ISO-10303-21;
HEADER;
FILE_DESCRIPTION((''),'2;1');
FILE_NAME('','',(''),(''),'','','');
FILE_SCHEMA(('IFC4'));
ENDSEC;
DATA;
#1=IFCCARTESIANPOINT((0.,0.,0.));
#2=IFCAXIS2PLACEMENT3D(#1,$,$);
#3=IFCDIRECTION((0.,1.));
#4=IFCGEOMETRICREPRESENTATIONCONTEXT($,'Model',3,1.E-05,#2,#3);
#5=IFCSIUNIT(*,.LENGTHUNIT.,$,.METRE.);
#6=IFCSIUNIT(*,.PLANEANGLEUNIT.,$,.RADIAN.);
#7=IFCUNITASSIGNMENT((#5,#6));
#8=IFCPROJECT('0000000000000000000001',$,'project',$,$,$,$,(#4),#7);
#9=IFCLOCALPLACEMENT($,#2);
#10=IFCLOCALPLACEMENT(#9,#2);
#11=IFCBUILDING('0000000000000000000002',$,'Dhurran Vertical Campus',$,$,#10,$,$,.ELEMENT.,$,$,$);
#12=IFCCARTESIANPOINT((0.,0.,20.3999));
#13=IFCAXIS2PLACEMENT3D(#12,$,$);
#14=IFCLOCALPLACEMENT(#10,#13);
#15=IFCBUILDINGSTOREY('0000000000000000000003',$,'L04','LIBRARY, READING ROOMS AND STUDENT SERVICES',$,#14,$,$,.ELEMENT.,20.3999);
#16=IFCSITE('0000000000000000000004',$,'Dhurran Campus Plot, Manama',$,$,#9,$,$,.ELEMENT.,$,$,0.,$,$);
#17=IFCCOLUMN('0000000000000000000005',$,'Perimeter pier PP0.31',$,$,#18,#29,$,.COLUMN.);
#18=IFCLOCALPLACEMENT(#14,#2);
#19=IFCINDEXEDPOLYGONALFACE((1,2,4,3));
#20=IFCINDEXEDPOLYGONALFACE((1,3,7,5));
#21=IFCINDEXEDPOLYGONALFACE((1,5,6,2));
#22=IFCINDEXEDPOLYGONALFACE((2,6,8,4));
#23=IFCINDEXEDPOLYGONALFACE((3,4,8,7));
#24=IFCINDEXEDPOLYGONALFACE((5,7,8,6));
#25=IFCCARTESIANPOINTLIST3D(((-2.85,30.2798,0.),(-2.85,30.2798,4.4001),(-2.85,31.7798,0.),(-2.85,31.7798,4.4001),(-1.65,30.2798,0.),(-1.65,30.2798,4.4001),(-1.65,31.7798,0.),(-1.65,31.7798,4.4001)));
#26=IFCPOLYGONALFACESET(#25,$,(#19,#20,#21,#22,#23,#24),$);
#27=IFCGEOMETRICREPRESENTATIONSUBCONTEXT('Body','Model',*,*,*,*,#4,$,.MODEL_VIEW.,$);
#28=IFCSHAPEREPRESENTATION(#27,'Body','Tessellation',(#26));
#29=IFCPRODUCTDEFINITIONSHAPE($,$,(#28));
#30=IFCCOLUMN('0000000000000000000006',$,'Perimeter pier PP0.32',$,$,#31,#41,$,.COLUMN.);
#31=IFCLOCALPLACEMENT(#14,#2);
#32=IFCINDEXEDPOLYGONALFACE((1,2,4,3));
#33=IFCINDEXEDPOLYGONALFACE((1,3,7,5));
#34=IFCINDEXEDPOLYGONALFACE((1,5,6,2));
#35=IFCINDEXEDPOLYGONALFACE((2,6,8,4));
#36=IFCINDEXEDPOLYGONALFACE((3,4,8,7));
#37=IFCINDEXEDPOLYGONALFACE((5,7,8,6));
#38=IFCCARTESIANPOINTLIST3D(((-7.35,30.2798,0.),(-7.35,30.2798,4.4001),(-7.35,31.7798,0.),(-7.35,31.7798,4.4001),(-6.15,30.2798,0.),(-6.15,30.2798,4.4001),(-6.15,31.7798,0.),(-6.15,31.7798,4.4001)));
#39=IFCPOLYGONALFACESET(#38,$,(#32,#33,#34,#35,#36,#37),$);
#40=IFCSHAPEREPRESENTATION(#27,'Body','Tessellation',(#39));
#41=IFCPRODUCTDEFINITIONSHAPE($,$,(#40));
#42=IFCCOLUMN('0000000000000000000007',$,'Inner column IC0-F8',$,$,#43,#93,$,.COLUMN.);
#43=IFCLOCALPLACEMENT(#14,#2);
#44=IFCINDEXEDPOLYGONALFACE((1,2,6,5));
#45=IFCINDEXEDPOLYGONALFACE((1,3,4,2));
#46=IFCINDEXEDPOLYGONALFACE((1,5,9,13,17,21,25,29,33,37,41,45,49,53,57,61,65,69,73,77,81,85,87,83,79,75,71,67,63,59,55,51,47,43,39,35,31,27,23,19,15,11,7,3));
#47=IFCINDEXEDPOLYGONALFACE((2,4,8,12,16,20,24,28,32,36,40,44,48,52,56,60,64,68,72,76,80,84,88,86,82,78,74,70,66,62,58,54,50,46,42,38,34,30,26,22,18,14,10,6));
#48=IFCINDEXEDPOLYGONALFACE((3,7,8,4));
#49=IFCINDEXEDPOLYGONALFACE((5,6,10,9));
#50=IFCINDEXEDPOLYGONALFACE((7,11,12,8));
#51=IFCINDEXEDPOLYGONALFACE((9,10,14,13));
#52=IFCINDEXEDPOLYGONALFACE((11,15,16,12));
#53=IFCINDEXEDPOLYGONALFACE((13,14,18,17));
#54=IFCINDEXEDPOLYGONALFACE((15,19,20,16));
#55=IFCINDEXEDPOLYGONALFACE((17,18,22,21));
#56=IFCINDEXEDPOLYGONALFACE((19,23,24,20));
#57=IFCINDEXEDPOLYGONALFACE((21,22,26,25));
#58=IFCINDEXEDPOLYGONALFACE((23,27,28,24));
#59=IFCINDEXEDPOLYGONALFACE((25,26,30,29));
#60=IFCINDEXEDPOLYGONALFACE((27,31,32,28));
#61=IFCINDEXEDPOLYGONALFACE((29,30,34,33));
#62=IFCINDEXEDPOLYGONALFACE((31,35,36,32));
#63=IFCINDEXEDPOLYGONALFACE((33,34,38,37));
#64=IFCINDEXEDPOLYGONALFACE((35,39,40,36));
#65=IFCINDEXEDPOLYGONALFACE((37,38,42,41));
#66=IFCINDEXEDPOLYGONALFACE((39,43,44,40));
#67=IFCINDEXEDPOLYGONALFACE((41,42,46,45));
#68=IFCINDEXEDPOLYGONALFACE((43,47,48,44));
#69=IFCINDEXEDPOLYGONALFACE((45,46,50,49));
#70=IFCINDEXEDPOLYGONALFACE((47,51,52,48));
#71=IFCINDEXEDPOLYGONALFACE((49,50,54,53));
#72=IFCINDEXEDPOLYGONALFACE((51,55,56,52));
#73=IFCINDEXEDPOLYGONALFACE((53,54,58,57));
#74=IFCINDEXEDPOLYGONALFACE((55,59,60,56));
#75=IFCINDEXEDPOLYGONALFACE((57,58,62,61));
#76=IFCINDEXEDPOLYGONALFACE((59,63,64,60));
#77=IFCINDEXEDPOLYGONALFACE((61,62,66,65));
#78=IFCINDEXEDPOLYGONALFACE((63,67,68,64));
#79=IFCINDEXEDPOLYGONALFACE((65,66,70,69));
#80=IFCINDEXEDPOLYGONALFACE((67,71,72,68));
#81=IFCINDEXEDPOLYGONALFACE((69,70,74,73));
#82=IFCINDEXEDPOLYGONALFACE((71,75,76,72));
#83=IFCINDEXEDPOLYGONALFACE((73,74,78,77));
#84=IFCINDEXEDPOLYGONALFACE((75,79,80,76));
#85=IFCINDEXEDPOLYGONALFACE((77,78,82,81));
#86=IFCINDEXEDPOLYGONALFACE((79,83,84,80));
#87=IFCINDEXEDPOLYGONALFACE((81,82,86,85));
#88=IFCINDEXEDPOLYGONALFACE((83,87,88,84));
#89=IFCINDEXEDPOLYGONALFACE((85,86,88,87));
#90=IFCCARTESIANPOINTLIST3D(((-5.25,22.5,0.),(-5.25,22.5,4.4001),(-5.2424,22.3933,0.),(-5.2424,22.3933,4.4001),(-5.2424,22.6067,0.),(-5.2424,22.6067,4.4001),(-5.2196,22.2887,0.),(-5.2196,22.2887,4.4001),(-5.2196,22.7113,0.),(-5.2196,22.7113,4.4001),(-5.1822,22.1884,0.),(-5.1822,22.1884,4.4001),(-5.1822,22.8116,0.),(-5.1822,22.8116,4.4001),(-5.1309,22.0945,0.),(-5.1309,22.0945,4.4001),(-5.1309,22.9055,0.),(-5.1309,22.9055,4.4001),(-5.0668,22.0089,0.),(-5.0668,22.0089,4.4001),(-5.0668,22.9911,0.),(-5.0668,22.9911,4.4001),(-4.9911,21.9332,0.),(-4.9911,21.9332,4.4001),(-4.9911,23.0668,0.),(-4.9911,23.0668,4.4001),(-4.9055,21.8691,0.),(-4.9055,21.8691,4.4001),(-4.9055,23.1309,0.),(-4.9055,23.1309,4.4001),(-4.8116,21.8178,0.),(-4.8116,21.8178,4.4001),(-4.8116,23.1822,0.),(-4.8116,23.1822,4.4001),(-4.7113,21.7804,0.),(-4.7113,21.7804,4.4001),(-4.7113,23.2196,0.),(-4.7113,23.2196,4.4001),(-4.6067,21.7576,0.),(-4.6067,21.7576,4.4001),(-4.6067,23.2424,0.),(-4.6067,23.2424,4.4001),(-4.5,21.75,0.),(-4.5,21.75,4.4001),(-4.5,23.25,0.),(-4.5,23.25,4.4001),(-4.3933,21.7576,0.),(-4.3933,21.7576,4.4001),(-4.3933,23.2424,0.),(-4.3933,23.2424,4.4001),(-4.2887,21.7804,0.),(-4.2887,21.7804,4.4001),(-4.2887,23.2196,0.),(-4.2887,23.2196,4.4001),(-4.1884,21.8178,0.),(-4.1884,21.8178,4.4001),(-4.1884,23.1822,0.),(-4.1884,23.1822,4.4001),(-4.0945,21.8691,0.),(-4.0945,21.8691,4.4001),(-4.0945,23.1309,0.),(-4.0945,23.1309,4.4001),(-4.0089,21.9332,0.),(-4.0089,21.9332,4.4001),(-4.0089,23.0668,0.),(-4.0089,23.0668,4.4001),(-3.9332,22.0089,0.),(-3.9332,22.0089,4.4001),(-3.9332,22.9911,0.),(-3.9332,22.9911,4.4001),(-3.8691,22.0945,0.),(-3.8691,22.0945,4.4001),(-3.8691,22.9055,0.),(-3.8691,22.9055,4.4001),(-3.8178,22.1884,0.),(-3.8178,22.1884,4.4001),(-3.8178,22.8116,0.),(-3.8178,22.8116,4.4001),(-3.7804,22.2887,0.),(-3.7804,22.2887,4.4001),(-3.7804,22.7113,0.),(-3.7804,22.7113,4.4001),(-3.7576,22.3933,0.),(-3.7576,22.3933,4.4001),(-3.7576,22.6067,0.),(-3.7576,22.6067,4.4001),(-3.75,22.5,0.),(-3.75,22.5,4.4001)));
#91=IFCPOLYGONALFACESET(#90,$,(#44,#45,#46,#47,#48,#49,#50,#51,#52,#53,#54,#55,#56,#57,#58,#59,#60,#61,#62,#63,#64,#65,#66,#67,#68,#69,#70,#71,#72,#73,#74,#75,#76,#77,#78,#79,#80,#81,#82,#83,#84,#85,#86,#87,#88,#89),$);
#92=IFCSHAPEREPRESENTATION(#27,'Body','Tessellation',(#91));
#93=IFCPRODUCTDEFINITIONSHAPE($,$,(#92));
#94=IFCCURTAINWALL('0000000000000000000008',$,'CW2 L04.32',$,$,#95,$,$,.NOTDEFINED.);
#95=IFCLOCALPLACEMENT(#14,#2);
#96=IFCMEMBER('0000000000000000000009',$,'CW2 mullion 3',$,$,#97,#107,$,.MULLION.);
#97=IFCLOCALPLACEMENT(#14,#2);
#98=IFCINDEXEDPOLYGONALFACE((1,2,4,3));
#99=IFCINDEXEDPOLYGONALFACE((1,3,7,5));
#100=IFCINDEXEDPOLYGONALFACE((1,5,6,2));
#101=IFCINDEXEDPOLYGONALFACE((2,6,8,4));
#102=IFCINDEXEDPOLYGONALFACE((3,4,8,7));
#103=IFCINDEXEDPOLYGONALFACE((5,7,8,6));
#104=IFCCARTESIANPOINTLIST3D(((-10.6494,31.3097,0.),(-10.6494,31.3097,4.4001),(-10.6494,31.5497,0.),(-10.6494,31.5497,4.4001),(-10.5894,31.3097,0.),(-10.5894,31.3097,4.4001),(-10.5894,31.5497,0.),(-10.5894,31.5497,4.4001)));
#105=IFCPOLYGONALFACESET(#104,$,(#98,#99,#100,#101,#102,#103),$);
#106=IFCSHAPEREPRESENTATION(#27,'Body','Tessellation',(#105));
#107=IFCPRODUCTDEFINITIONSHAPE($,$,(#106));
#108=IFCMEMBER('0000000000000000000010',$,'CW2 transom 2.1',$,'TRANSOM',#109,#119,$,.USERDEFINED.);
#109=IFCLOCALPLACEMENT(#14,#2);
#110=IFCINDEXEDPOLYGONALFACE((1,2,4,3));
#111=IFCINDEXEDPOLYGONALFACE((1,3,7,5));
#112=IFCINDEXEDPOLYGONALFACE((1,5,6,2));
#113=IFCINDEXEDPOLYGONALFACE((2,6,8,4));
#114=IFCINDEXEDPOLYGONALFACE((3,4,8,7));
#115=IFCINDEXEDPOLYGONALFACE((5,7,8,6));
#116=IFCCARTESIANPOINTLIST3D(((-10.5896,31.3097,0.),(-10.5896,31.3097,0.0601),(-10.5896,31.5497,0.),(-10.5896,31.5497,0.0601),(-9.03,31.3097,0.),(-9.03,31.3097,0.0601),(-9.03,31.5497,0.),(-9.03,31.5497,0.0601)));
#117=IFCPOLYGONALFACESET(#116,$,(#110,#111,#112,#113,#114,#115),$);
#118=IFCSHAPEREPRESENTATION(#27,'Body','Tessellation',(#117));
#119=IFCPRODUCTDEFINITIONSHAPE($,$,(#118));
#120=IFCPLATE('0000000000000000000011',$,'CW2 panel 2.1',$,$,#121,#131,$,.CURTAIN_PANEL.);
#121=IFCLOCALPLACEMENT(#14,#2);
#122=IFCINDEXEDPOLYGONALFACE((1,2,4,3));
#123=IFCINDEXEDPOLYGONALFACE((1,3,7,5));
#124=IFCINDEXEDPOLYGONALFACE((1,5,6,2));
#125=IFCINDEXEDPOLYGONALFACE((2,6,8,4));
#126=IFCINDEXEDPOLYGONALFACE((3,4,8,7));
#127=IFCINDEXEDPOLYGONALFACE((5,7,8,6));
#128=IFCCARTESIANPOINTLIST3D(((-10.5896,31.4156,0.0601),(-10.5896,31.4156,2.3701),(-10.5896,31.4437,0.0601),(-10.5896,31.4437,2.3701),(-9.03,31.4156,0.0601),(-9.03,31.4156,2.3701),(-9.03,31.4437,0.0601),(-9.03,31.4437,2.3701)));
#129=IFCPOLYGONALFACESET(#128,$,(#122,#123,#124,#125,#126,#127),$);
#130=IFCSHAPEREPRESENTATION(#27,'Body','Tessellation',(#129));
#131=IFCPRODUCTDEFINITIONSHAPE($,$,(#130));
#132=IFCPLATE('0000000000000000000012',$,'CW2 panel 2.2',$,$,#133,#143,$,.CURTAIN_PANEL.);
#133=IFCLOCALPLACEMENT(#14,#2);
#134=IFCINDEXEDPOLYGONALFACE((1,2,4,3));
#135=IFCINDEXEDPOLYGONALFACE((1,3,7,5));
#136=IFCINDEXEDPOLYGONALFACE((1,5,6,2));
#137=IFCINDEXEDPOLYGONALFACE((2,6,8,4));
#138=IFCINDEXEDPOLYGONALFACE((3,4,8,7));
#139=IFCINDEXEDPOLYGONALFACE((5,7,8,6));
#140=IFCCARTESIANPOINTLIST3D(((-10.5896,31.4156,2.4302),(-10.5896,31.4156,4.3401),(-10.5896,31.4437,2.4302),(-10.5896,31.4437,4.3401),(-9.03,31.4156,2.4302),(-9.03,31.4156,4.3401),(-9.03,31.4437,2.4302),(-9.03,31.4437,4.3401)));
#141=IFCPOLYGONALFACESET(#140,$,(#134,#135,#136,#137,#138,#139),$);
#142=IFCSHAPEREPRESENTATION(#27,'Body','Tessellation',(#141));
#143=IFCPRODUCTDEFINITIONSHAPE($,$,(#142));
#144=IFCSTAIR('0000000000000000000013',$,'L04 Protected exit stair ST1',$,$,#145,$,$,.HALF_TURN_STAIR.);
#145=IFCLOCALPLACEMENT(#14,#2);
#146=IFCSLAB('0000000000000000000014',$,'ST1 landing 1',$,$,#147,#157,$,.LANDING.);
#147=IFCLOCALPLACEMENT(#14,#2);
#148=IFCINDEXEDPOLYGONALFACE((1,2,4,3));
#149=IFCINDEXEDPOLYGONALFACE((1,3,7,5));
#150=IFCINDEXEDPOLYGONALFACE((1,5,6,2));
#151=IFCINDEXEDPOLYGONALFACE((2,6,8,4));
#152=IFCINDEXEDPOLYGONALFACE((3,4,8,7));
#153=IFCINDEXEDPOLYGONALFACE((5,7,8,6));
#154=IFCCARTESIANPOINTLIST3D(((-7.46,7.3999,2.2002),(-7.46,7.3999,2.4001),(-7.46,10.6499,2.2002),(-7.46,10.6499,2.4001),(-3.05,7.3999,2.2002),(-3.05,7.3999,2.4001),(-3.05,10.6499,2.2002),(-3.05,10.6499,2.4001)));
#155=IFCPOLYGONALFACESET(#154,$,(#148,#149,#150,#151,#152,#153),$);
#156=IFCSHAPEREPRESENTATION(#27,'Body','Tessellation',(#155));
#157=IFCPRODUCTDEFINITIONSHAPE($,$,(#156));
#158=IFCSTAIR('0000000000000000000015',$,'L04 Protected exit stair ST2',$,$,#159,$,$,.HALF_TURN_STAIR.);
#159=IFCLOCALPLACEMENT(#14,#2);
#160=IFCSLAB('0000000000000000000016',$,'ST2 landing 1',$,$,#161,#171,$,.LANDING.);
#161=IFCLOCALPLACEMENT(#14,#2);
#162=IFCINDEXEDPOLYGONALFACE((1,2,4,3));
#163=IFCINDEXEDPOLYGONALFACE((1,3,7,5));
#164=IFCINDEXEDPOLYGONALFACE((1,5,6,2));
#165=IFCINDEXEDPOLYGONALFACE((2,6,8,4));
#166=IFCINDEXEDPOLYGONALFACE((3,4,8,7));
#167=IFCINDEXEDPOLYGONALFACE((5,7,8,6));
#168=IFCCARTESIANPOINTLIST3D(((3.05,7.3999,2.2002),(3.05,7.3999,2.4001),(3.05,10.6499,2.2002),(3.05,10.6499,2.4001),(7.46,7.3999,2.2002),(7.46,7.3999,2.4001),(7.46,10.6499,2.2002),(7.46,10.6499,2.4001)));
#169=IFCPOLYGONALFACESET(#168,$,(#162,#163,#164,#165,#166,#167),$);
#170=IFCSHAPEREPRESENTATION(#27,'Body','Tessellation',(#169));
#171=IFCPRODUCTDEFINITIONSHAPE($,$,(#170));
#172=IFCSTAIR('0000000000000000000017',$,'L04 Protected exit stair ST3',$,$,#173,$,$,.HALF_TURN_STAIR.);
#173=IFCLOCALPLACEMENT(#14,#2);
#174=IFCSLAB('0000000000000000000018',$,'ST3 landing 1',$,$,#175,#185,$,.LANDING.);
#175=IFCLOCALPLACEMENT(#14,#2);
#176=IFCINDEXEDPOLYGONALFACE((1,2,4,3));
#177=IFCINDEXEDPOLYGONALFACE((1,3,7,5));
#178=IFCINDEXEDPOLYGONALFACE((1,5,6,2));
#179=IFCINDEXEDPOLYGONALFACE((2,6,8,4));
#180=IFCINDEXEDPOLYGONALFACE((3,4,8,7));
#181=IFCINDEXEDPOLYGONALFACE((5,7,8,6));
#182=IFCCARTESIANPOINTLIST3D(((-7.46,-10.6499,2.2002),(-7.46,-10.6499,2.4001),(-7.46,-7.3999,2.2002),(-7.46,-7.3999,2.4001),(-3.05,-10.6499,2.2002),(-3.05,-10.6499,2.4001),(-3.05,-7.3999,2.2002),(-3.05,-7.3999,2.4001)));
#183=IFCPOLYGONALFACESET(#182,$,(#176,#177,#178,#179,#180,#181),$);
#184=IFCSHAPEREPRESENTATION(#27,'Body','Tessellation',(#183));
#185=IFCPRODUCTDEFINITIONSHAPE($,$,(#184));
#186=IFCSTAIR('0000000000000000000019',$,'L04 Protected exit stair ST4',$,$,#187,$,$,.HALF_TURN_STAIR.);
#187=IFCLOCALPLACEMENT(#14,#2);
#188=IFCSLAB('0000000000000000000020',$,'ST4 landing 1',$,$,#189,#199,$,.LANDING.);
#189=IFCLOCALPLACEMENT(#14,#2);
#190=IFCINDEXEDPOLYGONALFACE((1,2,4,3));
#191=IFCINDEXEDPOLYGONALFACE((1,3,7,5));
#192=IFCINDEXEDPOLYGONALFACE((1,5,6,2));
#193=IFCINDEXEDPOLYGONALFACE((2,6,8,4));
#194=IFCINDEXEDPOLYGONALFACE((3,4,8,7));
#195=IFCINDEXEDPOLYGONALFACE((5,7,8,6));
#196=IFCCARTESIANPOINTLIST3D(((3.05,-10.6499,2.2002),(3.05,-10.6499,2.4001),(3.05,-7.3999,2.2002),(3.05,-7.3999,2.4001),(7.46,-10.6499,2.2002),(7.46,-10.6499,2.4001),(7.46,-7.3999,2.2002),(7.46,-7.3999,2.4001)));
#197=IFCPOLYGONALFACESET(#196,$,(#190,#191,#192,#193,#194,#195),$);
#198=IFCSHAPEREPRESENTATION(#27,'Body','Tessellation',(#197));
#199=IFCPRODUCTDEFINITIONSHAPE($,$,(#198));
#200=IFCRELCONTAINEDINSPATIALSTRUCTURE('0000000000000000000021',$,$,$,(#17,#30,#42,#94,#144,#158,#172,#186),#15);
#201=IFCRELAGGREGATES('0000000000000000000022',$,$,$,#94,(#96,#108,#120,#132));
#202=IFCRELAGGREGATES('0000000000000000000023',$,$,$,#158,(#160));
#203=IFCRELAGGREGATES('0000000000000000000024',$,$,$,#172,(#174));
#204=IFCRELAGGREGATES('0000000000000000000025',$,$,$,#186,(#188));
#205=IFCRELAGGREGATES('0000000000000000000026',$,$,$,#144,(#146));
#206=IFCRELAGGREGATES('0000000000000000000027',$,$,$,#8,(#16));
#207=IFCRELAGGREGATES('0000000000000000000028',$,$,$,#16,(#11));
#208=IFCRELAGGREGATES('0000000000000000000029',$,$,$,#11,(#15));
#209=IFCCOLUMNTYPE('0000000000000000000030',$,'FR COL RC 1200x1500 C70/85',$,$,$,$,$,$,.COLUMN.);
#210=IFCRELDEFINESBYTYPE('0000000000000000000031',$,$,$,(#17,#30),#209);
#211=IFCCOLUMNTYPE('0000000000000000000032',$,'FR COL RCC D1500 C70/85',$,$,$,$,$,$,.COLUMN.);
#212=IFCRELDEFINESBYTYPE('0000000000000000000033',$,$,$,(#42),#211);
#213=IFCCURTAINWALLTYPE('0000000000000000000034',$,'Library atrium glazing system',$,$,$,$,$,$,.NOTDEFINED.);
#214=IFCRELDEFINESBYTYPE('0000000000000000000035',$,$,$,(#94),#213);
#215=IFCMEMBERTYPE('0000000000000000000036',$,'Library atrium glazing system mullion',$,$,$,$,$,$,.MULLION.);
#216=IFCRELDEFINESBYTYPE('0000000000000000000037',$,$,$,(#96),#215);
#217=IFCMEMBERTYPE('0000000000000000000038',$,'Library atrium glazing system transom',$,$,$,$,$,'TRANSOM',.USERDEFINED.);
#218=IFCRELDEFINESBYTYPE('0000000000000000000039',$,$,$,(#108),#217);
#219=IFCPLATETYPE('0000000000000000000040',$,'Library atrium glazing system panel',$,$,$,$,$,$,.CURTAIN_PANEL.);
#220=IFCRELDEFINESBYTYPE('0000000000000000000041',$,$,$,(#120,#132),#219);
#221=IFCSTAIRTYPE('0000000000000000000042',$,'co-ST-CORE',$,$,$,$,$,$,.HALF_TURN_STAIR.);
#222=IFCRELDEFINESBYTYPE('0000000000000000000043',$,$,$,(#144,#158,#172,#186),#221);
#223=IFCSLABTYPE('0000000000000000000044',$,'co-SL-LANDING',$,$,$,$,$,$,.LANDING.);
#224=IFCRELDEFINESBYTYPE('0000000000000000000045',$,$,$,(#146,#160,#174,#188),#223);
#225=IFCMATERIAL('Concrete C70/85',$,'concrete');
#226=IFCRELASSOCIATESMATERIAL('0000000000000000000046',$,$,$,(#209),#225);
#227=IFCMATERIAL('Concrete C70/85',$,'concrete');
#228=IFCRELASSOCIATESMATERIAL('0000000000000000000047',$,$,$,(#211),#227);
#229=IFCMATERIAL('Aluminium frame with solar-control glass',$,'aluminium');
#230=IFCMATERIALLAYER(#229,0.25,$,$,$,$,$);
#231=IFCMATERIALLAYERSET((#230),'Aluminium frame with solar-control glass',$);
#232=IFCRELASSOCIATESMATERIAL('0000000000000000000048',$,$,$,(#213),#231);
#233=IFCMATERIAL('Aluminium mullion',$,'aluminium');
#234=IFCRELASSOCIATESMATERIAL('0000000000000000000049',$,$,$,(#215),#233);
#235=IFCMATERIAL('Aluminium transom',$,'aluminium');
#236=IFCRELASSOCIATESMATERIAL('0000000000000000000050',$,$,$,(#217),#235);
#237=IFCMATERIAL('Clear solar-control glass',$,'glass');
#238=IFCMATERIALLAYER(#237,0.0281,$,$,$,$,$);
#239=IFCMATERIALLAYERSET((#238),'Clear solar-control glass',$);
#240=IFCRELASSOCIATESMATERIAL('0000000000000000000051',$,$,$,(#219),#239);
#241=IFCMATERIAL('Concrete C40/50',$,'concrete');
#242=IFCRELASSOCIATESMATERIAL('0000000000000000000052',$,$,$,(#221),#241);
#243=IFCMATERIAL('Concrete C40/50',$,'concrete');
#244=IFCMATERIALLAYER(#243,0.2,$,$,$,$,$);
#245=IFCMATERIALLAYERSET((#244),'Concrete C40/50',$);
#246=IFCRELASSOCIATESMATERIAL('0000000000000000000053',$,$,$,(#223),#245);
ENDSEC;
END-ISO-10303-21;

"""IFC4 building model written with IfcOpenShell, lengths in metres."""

from ifc_helpers import new_model, si_unit, direction, frame, origin, origin_2d, place, context, subcontext, project, spatial, polyline, rectangle, circle, outline, extrude, material, layer, layer_set, material_profile, profile_set, type_object, element, aggregate, save


model = new_model("IFC4")

# Units and contexts
model_context = context("Model", 3, precision=1e-05, world=origin(), true_north=direction((0.0, 1.0)))
body_context = subcontext(model_context, "Body", "Model", "MODEL_VIEW")
ifc_project = project(units=[si_unit("LENGTHUNIT", "METRE"), si_unit("PLANEANGLEUNIT", "RADIAN")], contexts=[model_context])

# Site, building, storey
site_placement = place(None, origin())
site = spatial("IfcSite", under=ifc_project, at=site_placement, Name="Dhurran Campus Plot, Manama", CompositionType="ELEMENT", RefElevation=0.0)
building_placement = place(site_placement, origin())
building = spatial("IfcBuilding", under=site, at=building_placement, Name="Dhurran Vertical Campus", CompositionType="ELEMENT")
storey_placement = place(building_placement, frame((0.0, 0.0, 20.3999)))
storey = spatial("IfcBuildingStorey", under=building, at=storey_placement, Name="L04", Description="LIBRARY, READING ROOMS AND STUDENT SERVICES", CompositionType="ELEMENT", Elevation=20.3999)

# Columns
ifc_material_1 = material(Name="Concrete C70/85", Category="concrete")
ifc_material_profile_1 = material_profile(ifc_material_1, rectangle(XDim=1.2, YDim=1.5, at=origin_2d()), Name="RC 1200x1500")
ifc_profile_set_1 = profile_set([ifc_material_profile_1], Name="Concrete C70/85")
column_type_1 = type_object("IfcColumnType", Name="FR COL RC 1200x1500 C70/85", PredefinedType="COLUMN", material=ifc_profile_set_1)
for number, where, z_axis, x_axis, name in (
    (1, (-2.25, 31.0298, 0.0), (0.0, 0.0, 1.0), (-1.0, 0.0, 0.0), "Perimeter pier PP0.31"),
    (2, (-6.75, 31.0298, 0.0), (0.0, 0.0, 1.0), (-1.0, 0.0, 0.0), "Perimeter pier PP0.32"),
):
    element("IfcColumn", number, at=place(storey_placement, frame(where, z_axis=z_axis, x_axis=x_axis)), inside=storey, type_object=column_type_1, Name=name, PredefinedType="COLUMN", context=body_context, shape_type="SweptSolid", body=[
        extrude(rectangle(XDim=1.2, YDim=1.5, at=origin_2d()), origin(), (0.0, 0.0, 1.0), 4.4001),
    ])
ifc_material_2 = material(Name="Concrete C70/85", Category="concrete")
ifc_material_profile_2 = material_profile(ifc_material_2, circle(Radius=0.75, at=origin_2d()), Name="RCC D1500")
ifc_profile_set_2 = profile_set([ifc_material_profile_2], Name="Concrete C70/85")
column_type_2 = type_object("IfcColumnType", Name="FR COL RCC D1500 C70/85", PredefinedType="COLUMN", material=ifc_profile_set_2)
column_placement = place(storey_placement, frame((-4.5, 22.5, 0.0), z_axis=(0.0, 0.0, 1.0), x_axis=(1.0, 0.0, 0.0)))
element("IfcColumn", 3, at=column_placement, inside=storey, type_object=column_type_2, Name="Inner column IC0-F8", PredefinedType="COLUMN", context=body_context, shape_type="SweptSolid", body=[
    extrude(circle(Radius=0.75, at=origin_2d()), origin(), (0.0, 0.0, 1.0), 4.4001),
])

# Curtain wall, members, plates
ifc_material_3 = material(Name="Aluminium frame with solar-control glass", Category="aluminium")
ifc_layer_1 = layer(ifc_material_3, 0.25)
ifc_layer_set_1 = layer_set([ifc_layer_1], Name="Aluminium frame with solar-control glass")
curtain_wall_type = type_object("IfcCurtainWallType", Name="Library atrium glazing system", PredefinedType="NOTDEFINED", material=ifc_layer_set_1)
curtain_wall_placement = place(storey_placement, origin())
curtain_wall = element("IfcCurtainWall", 4, at=curtain_wall_placement, inside=storey, type_object=curtain_wall_type, Name="CW2 L04.32", PredefinedType="NOTDEFINED")
ifc_material_4 = material(Name="Aluminium mullion", Category="aluminium")
ifc_material_profile_3 = material_profile(ifc_material_4, rectangle(XDim=0.24, YDim=0.0601, at=origin_2d()), Name="Library atrium glazing system mullion")
ifc_profile_set_3 = profile_set([ifc_material_profile_3], Name="Aluminium mullion")
member_type_1 = type_object("IfcMemberType", Name="Library atrium glazing system mullion", PredefinedType="MULLION", material=ifc_profile_set_3)
member_1_placement = place(storey_placement, frame((-10.6194, 31.4297, 0.0), z_axis=(0.0, 0.0, 1.0), x_axis=(0.0, -1.0, 0.0)))
member_1 = element("IfcMember", 5, at=member_1_placement, type_object=member_type_1, Name="CW2 mullion 3", PredefinedType="MULLION", context=body_context, shape_type="SweptSolid", body=[
    extrude(rectangle(XDim=0.24, YDim=0.0601, at=origin_2d()), origin(), (0.0, 0.0, 1.0), 4.4001),
])
ifc_material_5 = material(Name="Aluminium transom", Category="aluminium")
ifc_material_profile_4 = material_profile(ifc_material_5, rectangle(XDim=0.24, YDim=0.0601, at=origin_2d()), Name="Library atrium glazing system transom")
ifc_profile_set_4 = profile_set([ifc_material_profile_4], Name="Aluminium transom")
member_type_2 = type_object("IfcMemberType", Name="Library atrium glazing system transom", ElementType="TRANSOM", PredefinedType="USERDEFINED", material=ifc_profile_set_4)
member_2_placement = place(storey_placement, frame((-9.03, 31.4297, 0.03), z_axis=(-1.0, 0.0, 0.0), x_axis=(0.0, -1.0, 0.0)))
member_2 = element("IfcMember", 6, at=member_2_placement, type_object=member_type_2, Name="CW2 transom 2.1", ObjectType="TRANSOM", PredefinedType="USERDEFINED", context=body_context, shape_type="SweptSolid", body=[
    extrude(rectangle(XDim=0.24, YDim=0.0601, at=origin_2d()), origin(), (0.0, 0.0, 1.0), 1.5596),
])
ifc_material_6 = material(Name="Clear solar-control glass", Category="glass")
ifc_layer_2 = layer(ifc_material_6, 0.0281)
ifc_layer_set_2 = layer_set([ifc_layer_2], Name="Clear solar-control glass")
plate_type = type_object("IfcPlateType", Name="Library atrium glazing system panel", PredefinedType="CURTAIN_PANEL", material=ifc_layer_set_2)
plate_1_placement = place(storey_placement, frame((-9.8098, 31.4297, 0.0601), z_axis=(0.0, 0.0, 1.0), x_axis=(-1.0, 0.0, 0.0)))
plate_1 = element("IfcPlate", 7, at=plate_1_placement, type_object=plate_type, Name="CW2 panel 2.1", PredefinedType="CURTAIN_PANEL", context=body_context, shape_type="SweptSolid", body=[
    extrude(rectangle(XDim=1.5596, YDim=0.0281, at=origin_2d()), origin(), (0.0, 0.0, 1.0), 2.3101),
])
plate_2_placement = place(storey_placement, frame((-9.8098, 31.4297, 2.4302), z_axis=(0.0, 0.0, 1.0), x_axis=(-1.0, 0.0, 0.0)))
plate_2 = element("IfcPlate", 8, at=plate_2_placement, type_object=plate_type, Name="CW2 panel 2.2", PredefinedType="CURTAIN_PANEL", context=body_context, shape_type="SweptSolid", body=[
    extrude(rectangle(XDim=1.5596, YDim=0.0281, at=origin_2d()), origin(), (0.0, 0.0, 1.0), 1.9099),
])
aggregate(curtain_wall, [member_1, member_2, plate_1, plate_2])

# Stairs, slabs
ifc_material_7 = material(Name="Concrete C40/50", Category="concrete")
stair_type = type_object("IfcStairType", Name="co-ST-CORE", PredefinedType="HALF_TURN_STAIR", material=ifc_material_7)
stair_1_placement = place(storey_placement, origin())
stair_1 = element("IfcStair", 9, at=stair_1_placement, inside=storey, type_object=stair_type, Name="L04 Protected exit stair ST1", PredefinedType="HALF_TURN_STAIR")
ifc_material_8 = material(Name="Concrete C40/50", Category="concrete")
ifc_layer_3 = layer(ifc_material_8, 0.2)
ifc_layer_set_3 = layer_set([ifc_layer_3], Name="Concrete C40/50")
slab_type_1 = type_object("IfcSlabType", Name="co-SL-LANDING", PredefinedType="LANDING", material=ifc_layer_set_3)
slab_1_placement = place(storey_placement, frame((0.0, 0.0, 2.2002)))
slab_1 = element("IfcSlab", 10, at=slab_1_placement, type_object=slab_type_1, Name="ST1 landing 1", PredefinedType="LANDING", context=body_context, shape_type="SweptSolid", body=[
    extrude(outline(polyline([(-7.46, 7.3999), (-3.05, 7.3999), (-3.05, 10.6499), (-7.46, 10.6499), (-7.46, 7.3999)])), origin(), (0.0, 0.0, 1.0), 0.2),
])
stair_2_placement = place(storey_placement, origin())
stair_2 = element("IfcStair", 11, at=stair_2_placement, inside=storey, type_object=stair_type, Name="L04 Protected exit stair ST2", PredefinedType="HALF_TURN_STAIR")
slab_2_placement = place(storey_placement, frame((0.0, 0.0, 2.2002)))
slab_2 = element("IfcSlab", 12, at=slab_2_placement, type_object=slab_type_1, Name="ST2 landing 1", PredefinedType="LANDING", context=body_context, shape_type="SweptSolid", body=[
    extrude(outline(polyline([(7.46, 10.6499), (3.05, 10.6499), (3.05, 7.3999), (7.46, 7.3999), (7.46, 10.6499)])), origin(), (0.0, 0.0, 1.0), 0.2),
])
aggregate(stair_2, [slab_2])
stair_3_placement = place(storey_placement, origin())
stair_3 = element("IfcStair", 13, at=stair_3_placement, inside=storey, type_object=stair_type, Name="L04 Protected exit stair ST3", PredefinedType="HALF_TURN_STAIR")
slab_3_placement = place(storey_placement, frame((0.0, 0.0, 2.2002)))
slab_3 = element("IfcSlab", 14, at=slab_3_placement, type_object=slab_type_1, Name="ST3 landing 1", PredefinedType="LANDING", context=body_context, shape_type="SweptSolid", body=[
    extrude(outline(polyline([(-7.46, -10.6499), (-3.05, -10.6499), (-3.05, -7.3999), (-7.46, -7.3999), (-7.46, -10.6499)])), origin(), (0.0, 0.0, 1.0), 0.2),
])
aggregate(stair_3, [slab_3])
stair_4_placement = place(storey_placement, origin())
stair_4 = element("IfcStair", 15, at=stair_4_placement, inside=storey, type_object=stair_type, Name="L04 Protected exit stair ST4", PredefinedType="HALF_TURN_STAIR")
slab_4_placement = place(storey_placement, frame((0.0, 0.0, 2.2002)))
slab_4 = element("IfcSlab", 16, at=slab_4_placement, type_object=slab_type_1, Name="ST4 landing 1", PredefinedType="LANDING", context=body_context, shape_type="SweptSolid", body=[
    extrude(outline(polyline([(7.46, -7.3999), (3.05, -7.3999), (3.05, -10.6499), (7.46, -10.6499), (7.46, -7.3999)])), origin(), (0.0, 0.0, 1.0), 0.2),
])
aggregate(stair_4, [slab_4])

aggregate(stair_1, [slab_1])

save(model, "model.ifc")
